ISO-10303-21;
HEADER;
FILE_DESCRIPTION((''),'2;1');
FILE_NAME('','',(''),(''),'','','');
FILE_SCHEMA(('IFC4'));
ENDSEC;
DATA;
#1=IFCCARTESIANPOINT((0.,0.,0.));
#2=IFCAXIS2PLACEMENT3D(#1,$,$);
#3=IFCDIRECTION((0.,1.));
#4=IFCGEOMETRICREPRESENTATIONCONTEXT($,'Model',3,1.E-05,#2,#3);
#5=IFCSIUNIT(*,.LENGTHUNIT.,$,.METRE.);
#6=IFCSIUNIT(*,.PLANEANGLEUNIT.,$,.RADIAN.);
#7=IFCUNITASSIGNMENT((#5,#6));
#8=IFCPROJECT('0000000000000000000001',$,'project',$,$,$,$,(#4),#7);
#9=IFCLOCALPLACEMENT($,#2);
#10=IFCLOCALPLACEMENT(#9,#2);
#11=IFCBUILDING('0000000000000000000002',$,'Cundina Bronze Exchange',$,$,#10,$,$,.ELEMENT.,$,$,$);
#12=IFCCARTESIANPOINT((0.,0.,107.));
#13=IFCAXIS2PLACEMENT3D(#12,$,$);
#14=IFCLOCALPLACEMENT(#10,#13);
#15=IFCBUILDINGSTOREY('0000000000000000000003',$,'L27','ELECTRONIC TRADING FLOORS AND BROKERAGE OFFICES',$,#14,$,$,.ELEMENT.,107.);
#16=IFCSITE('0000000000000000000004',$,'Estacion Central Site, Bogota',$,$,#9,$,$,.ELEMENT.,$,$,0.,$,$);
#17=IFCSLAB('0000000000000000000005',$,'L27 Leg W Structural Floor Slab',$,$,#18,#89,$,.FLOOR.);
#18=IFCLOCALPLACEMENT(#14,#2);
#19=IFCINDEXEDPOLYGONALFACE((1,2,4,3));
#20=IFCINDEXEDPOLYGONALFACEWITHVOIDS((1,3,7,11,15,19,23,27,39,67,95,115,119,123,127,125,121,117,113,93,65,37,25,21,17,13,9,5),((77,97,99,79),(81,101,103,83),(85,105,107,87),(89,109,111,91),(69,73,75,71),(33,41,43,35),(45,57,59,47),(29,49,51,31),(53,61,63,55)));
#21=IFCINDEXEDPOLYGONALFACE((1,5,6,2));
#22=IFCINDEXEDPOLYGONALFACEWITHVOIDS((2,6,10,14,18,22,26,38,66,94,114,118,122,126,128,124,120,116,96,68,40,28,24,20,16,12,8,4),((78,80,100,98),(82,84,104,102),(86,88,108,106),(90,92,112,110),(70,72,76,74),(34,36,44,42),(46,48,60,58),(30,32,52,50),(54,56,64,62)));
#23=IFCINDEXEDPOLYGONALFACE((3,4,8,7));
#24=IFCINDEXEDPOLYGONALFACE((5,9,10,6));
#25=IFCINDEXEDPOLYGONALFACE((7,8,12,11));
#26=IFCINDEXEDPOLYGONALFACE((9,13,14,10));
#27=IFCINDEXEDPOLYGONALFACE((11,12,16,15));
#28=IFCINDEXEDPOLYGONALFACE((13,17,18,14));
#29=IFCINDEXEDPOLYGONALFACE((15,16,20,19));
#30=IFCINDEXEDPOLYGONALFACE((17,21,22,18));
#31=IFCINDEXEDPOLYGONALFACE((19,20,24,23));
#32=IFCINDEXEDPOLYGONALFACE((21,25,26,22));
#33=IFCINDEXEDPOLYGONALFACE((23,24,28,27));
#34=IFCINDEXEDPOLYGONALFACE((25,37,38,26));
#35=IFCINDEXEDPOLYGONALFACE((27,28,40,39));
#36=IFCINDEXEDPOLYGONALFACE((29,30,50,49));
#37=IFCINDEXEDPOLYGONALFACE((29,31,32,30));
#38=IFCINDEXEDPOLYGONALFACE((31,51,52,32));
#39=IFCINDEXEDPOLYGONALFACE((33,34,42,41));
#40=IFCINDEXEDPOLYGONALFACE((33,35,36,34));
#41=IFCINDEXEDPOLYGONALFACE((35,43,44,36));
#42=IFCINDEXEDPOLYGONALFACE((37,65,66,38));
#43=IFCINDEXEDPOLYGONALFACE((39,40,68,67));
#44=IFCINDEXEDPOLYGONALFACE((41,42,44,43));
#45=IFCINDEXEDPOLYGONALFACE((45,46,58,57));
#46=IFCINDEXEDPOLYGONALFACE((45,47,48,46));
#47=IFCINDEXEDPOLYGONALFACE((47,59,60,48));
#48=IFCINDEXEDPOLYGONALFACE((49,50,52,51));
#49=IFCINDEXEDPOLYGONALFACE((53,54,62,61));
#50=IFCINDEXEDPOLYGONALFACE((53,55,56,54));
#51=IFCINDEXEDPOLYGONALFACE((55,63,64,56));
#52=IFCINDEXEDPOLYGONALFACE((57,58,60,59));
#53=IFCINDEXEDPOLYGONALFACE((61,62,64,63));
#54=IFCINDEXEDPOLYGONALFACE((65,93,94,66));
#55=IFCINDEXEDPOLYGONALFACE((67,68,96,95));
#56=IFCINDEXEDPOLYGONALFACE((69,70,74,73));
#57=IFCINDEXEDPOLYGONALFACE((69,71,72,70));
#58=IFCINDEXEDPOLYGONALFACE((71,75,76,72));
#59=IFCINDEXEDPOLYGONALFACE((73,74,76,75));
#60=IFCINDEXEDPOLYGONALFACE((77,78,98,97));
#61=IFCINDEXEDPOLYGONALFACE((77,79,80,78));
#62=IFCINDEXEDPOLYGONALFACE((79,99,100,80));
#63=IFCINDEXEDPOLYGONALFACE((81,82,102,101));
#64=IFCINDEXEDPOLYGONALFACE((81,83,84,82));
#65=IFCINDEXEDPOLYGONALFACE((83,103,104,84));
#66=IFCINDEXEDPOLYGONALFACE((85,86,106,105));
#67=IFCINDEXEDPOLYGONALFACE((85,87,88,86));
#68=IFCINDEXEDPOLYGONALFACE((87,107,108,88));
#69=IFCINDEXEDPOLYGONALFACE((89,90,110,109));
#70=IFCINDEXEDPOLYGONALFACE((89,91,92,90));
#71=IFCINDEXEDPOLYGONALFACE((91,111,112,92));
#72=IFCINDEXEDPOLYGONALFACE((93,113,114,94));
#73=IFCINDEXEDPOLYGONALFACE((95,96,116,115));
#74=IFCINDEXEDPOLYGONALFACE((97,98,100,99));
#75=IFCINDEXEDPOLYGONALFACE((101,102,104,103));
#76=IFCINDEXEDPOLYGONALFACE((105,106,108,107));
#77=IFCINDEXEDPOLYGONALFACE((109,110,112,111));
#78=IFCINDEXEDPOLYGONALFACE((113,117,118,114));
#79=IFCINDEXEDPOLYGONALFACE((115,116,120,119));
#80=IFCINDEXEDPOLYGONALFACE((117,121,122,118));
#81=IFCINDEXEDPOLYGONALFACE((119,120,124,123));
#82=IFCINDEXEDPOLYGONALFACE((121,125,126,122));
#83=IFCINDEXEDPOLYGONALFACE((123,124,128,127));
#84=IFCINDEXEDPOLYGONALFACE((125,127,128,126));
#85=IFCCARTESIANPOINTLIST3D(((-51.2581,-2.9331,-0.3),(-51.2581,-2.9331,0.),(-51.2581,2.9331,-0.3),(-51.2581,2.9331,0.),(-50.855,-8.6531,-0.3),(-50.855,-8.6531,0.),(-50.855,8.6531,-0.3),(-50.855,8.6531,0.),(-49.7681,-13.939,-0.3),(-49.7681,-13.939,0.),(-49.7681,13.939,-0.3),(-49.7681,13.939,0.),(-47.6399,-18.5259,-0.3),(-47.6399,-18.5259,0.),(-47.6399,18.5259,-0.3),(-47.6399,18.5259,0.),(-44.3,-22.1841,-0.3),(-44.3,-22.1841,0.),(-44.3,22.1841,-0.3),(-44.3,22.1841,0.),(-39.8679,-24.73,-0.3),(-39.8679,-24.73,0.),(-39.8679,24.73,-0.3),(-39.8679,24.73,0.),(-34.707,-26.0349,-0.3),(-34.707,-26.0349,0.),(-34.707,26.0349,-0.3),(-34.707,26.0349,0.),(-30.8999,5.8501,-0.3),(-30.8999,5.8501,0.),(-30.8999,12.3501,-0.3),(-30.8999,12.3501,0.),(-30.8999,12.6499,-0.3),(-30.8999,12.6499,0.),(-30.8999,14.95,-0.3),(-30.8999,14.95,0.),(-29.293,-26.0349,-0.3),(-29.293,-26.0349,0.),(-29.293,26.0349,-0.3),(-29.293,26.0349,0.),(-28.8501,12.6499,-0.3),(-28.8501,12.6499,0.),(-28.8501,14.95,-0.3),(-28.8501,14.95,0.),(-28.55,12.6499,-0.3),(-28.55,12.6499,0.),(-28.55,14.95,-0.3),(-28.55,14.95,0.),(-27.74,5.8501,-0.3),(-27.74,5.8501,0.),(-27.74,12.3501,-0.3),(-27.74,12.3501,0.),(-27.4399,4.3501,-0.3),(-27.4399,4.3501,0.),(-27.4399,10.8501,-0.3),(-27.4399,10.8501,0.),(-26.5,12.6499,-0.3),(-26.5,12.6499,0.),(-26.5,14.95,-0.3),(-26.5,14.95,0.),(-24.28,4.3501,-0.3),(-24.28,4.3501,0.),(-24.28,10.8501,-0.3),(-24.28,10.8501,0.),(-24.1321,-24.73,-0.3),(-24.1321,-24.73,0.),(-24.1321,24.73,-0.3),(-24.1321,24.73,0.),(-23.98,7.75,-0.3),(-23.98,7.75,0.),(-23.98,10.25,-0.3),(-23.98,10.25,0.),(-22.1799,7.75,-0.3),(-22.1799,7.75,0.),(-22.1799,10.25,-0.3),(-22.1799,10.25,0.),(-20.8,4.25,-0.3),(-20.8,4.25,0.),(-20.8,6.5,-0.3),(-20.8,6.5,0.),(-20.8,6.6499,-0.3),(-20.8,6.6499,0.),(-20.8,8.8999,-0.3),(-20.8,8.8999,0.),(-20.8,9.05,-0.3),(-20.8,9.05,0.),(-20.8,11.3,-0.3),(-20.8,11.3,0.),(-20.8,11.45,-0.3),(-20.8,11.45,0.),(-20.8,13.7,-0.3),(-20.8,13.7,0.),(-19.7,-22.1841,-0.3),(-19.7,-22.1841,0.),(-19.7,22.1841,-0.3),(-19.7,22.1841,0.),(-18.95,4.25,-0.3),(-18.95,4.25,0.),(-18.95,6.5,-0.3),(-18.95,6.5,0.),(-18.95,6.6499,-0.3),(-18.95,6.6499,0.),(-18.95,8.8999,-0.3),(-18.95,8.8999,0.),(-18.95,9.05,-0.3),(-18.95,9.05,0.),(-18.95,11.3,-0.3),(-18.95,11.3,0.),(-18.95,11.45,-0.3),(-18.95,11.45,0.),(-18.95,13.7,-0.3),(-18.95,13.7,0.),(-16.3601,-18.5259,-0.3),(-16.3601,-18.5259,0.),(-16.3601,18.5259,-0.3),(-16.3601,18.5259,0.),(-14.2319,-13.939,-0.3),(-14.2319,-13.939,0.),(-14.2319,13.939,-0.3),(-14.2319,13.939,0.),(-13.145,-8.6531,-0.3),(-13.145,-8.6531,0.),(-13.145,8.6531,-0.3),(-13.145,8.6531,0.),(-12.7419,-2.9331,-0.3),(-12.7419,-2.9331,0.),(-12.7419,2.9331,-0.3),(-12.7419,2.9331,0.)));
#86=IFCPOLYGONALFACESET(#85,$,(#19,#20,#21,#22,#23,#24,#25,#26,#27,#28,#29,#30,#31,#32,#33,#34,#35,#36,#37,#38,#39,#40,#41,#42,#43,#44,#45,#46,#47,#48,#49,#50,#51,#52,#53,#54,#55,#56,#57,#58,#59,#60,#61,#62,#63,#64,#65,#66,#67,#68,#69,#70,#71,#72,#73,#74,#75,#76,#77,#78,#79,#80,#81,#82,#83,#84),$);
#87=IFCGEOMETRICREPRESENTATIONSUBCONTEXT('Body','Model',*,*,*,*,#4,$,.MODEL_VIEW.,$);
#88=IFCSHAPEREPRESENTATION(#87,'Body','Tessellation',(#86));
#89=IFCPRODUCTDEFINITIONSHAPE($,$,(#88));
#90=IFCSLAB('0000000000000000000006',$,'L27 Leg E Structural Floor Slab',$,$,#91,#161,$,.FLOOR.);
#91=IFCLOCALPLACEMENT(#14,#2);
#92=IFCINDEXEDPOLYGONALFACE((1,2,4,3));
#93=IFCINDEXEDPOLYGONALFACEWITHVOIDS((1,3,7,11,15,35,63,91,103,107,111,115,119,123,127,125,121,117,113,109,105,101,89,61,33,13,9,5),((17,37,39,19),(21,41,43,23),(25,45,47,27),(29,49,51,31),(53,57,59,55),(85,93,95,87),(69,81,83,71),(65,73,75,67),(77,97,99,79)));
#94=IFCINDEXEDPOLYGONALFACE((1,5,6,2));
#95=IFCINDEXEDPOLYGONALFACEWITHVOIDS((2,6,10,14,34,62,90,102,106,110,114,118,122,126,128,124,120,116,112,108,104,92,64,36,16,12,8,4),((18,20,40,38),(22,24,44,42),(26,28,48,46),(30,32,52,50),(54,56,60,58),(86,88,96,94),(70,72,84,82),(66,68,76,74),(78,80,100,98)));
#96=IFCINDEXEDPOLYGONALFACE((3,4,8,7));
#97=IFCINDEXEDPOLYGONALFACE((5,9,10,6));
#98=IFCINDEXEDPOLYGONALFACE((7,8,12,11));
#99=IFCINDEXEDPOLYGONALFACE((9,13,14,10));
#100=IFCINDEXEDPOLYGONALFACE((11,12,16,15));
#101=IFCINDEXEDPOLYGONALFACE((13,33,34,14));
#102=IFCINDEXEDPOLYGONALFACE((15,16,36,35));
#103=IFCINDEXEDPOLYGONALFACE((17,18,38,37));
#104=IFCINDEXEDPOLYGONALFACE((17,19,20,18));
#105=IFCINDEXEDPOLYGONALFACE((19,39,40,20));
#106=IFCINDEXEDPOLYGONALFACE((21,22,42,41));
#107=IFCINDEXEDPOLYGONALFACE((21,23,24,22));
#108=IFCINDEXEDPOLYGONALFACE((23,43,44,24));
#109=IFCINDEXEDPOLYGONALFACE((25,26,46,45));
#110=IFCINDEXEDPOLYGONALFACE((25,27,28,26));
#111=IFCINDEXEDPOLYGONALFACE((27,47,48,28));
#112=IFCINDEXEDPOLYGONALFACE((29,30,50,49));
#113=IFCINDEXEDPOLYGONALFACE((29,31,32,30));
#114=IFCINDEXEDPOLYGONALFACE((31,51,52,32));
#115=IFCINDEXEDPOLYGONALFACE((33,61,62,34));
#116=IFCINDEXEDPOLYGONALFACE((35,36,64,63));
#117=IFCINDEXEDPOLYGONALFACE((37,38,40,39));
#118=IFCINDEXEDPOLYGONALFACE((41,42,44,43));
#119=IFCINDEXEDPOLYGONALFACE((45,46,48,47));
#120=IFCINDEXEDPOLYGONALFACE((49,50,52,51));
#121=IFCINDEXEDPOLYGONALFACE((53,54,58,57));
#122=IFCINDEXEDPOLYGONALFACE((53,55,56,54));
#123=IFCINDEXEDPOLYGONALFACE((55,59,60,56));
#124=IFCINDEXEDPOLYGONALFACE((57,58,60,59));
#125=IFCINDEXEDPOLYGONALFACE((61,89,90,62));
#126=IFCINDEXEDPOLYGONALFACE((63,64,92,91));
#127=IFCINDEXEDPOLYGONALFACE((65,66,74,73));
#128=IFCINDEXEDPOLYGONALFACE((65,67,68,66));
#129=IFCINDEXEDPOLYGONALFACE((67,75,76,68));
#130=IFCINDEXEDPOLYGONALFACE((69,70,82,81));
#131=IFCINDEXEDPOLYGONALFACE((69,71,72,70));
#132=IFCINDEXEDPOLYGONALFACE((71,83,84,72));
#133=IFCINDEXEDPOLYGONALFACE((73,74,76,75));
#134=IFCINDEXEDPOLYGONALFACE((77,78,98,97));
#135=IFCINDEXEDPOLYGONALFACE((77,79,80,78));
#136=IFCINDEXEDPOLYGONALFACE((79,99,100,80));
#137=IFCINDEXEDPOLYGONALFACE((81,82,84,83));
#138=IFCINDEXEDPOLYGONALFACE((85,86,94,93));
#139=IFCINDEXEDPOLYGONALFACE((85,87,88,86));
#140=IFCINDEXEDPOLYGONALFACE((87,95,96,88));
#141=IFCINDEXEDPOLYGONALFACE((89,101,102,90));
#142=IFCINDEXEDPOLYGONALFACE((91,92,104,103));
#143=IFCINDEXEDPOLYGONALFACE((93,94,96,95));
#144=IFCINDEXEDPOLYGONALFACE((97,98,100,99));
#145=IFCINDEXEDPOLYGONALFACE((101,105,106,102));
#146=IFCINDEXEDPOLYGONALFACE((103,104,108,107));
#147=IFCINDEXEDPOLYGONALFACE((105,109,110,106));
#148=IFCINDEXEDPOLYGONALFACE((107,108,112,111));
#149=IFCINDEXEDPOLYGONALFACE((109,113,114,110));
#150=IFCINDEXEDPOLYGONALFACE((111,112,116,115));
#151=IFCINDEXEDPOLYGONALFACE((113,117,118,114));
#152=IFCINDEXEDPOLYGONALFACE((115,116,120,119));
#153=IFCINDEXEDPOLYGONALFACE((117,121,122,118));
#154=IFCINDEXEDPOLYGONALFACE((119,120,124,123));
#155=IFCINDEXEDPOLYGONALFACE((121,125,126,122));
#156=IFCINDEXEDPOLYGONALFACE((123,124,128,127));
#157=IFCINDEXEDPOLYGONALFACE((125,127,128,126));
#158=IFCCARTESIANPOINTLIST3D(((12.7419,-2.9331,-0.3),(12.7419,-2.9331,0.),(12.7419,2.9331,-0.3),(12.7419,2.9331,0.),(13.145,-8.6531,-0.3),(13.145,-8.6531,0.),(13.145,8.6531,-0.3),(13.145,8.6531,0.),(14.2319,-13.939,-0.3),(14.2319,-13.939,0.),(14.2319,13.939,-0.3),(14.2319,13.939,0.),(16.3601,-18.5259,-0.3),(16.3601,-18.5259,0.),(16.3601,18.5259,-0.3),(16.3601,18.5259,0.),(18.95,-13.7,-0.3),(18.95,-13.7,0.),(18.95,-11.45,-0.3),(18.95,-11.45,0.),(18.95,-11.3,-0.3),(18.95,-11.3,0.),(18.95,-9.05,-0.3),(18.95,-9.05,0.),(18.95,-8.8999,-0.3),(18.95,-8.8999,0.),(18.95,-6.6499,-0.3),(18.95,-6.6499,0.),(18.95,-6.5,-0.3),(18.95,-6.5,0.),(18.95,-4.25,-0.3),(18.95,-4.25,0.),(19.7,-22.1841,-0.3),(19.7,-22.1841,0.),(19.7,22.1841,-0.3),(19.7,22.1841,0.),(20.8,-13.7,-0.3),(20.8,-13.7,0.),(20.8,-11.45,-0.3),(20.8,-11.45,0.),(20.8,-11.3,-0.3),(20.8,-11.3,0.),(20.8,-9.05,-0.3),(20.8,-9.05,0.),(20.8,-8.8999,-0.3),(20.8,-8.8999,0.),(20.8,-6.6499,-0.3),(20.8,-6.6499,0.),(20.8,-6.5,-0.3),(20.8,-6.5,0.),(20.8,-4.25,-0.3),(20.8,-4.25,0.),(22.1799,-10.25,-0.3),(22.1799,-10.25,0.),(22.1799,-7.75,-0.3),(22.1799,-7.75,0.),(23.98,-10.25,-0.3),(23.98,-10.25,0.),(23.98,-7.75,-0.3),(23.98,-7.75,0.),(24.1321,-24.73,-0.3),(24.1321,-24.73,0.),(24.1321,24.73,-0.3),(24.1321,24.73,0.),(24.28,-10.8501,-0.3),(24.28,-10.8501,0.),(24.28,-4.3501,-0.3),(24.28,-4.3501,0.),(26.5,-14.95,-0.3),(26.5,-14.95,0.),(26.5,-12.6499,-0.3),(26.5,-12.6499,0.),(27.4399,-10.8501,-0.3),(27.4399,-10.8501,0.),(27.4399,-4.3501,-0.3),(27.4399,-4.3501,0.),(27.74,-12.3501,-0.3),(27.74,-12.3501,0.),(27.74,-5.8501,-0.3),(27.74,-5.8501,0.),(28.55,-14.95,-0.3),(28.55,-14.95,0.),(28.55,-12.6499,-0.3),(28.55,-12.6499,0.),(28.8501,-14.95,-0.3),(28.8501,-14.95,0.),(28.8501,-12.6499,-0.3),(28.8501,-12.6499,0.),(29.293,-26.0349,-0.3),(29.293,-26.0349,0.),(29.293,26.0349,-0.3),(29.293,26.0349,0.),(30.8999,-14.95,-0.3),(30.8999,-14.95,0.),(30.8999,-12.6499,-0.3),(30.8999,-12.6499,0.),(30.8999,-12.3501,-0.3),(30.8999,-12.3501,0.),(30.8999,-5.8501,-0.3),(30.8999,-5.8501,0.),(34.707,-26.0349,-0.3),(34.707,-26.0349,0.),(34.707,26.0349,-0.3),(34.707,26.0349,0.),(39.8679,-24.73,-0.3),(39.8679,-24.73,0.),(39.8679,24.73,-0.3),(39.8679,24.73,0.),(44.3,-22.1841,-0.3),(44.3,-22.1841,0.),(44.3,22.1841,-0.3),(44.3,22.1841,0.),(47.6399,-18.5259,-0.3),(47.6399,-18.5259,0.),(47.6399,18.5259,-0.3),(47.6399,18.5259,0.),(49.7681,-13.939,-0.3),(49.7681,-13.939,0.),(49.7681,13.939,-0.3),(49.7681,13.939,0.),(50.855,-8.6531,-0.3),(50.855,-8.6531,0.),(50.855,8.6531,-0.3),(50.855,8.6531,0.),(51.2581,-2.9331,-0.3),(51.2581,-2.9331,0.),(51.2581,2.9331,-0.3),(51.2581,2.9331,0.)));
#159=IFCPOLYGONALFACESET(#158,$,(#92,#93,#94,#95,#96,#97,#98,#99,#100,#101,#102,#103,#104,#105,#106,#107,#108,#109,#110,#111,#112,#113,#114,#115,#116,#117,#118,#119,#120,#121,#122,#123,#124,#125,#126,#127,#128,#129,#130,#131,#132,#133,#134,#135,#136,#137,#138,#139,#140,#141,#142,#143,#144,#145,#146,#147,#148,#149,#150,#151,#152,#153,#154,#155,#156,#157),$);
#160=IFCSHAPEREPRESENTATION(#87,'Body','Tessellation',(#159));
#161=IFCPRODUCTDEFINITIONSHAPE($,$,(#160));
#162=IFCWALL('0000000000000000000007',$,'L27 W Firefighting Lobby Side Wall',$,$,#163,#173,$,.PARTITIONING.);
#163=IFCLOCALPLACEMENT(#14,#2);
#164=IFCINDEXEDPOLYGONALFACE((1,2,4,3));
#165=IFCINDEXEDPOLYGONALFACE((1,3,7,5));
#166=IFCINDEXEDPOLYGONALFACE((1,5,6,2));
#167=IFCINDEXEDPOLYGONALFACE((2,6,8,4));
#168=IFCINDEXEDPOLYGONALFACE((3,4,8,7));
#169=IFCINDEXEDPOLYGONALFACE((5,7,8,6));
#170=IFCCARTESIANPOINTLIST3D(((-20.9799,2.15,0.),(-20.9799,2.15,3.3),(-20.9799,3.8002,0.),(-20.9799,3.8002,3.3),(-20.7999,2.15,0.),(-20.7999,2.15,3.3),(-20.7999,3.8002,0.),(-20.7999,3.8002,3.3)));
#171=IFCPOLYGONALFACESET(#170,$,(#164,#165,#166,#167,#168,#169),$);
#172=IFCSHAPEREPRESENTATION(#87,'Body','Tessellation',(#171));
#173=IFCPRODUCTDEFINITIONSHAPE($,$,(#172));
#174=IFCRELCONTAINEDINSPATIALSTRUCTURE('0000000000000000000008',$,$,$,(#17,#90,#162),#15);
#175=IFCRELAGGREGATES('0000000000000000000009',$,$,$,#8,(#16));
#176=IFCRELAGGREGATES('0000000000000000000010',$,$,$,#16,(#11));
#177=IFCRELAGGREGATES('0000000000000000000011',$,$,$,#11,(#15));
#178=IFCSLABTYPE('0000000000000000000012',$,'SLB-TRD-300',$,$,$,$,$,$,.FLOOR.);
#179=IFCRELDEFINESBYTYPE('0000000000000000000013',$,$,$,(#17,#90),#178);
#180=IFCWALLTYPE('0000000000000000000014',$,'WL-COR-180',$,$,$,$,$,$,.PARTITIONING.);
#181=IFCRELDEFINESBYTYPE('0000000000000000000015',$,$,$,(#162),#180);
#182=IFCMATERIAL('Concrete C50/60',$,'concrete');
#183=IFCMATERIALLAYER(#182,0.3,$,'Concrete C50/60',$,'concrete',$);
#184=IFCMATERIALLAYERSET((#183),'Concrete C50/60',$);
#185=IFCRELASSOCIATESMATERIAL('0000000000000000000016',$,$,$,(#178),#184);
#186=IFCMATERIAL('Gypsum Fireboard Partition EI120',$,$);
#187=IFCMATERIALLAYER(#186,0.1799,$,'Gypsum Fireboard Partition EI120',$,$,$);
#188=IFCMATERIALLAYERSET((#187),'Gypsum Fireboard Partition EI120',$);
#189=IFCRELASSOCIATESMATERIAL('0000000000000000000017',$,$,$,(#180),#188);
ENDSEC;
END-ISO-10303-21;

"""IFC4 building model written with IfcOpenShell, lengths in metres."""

from ifc_helpers import new_model, si_unit, direction, frame, frame_2d, origin, place, context, subcontext, project, spatial, polyline, rectangle, outline, extrude, material, layer, layer_set, type_object, element, save


model = new_model("IFC4")

# Units and contexts
model_context = context("Model", 3, precision=1e-05, world=origin(), true_north=direction((0.0, 1.0)))
body_context = subcontext(model_context, "Body", "Model", "MODEL_VIEW")
ifc_project = project(units=[si_unit("LENGTHUNIT", "METRE"), si_unit("PLANEANGLEUNIT", "RADIAN")], contexts=[model_context])

# Site, building, storey
site_placement = place(None, origin())
site = spatial("IfcSite", under=ifc_project, at=site_placement, Name="Estacion Central Site, Bogota", CompositionType="ELEMENT", RefElevation=0.0)
building_placement = place(site_placement, origin())
building = spatial("IfcBuilding", under=site, at=building_placement, Name="Cundina Bronze Exchange", CompositionType="ELEMENT")
storey_placement = place(building_placement, frame((0.0, 0.0, 107.0)))
storey = spatial("IfcBuildingStorey", under=building, at=storey_placement, Name="L27", Description="ELECTRONIC TRADING FLOORS AND BROKERAGE OFFICES", CompositionType="ELEMENT", Elevation=107.0)

# Slabs
ifc_material_1 = material(Name="Concrete C50/60", Category="concrete")
ifc_layer_1 = layer(ifc_material_1, 0.3, Name="Concrete C50/60", Category="concrete")
ifc_layer_set_1 = layer_set([ifc_layer_1], Name="Concrete C50/60")
slab_type = type_object("IfcSlabType", Name="SLB-TRD-300", PredefinedType="FLOOR", material=ifc_layer_set_1)
slab_1_placement = place(storey_placement, frame((0.0, 0.0, -0.3)))
element("IfcSlab", 1, at=slab_1_placement, inside=storey, type_object=slab_type, Name="L27 Leg W Structural Floor Slab", PredefinedType="FLOOR", context=body_context, shape_type="SweptSolid", body=[
    extrude(outline(polyline([(-12.7419, 2.9331), (-13.145, 8.6531), (-14.2319, 13.939), (-16.3601, 18.5259), (-19.7, 22.1841), (-24.1321, 24.73), (-29.293, 26.0349), (-34.707, 26.0349), (-39.8679, 24.73), (-44.3, 22.1841), (-47.6399, 18.5259), (-49.7681, 13.939), (-50.855, 8.6531), (-51.2581, 2.9331), (-51.2581, -2.9331), (-50.855, -8.6531), (-49.7681, -13.939), (-47.6399, -18.5259), (-44.3, -22.1841), (-39.8679, -24.73), (-34.707, -26.0349), (-29.293, -26.0349), (-24.1321, -24.73), (-19.7, -22.1841), (-16.3601, -18.5259), (-14.2319, -13.939), (-13.145, -8.6531), (-12.7419, -2.9331), (-12.7419, 2.9331)]), holes=[polyline([(-27.74, 5.8501), (-27.74, 12.3501), (-30.8999, 12.3501), (-30.8999, 5.8501), (-27.74, 5.8501)]), polyline([(-27.4399, 10.8501), (-27.4399, 4.3501), (-24.28, 4.3501), (-24.28, 10.8501), (-27.4399, 10.8501)]), polyline([(-23.98, 10.25), (-22.1799, 10.25), (-22.1799, 7.75), (-23.98, 7.75), (-23.98, 10.25)]), polyline([(-30.8999, 14.95), (-28.8501, 14.95), (-28.8501, 12.6499), (-30.8999, 12.6499), (-30.8999, 14.95)]), polyline([(-28.55, 14.95), (-26.5, 14.95), (-26.5, 12.6499), (-28.55, 12.6499), (-28.55, 14.95)]), polyline([(-20.8, 13.7), (-18.95, 13.7), (-18.95, 11.45), (-20.8, 11.45), (-20.8, 13.7)]), polyline([(-20.8, 11.3), (-18.95, 11.3), (-18.95, 9.05), (-20.8, 9.05), (-20.8, 11.3)]), polyline([(-20.8, 8.8999), (-18.95, 8.8999), (-18.95, 6.6499), (-20.8, 6.6499), (-20.8, 8.8999)]), polyline([(-20.8, 6.5), (-18.95, 6.5), (-18.95, 4.25), (-20.8, 4.25), (-20.8, 6.5)])]), origin(), (0.0, 0.0, 1.0), 0.3),
])
slab_2_placement = place(storey_placement, frame((0.0, 0.0, -0.3)))
element("IfcSlab", 2, at=slab_2_placement, inside=storey, type_object=slab_type, Name="L27 Leg E Structural Floor Slab", PredefinedType="FLOOR", context=body_context, shape_type="SweptSolid", body=[
    extrude(outline(polyline([(51.2581, 2.9331), (50.855, 8.6531), (49.7681, 13.939), (47.6399, 18.5259), (44.3, 22.1841), (39.8679, 24.73), (34.707, 26.0349), (29.293, 26.0349), (24.1321, 24.73), (19.7, 22.1841), (16.3601, 18.5259), (14.2319, 13.939), (13.145, 8.6531), (12.7419, 2.9331), (12.7419, -2.9331), (13.145, -8.6531), (14.2319, -13.939), (16.3601, -18.5259), (19.7, -22.1841), (24.1321, -24.73), (29.293, -26.0349), (34.707, -26.0349), (39.8679, -24.73), (44.3, -22.1841), (47.6399, -18.5259), (49.7681, -13.939), (50.855, -8.6531), (51.2581, -2.9331), (51.2581, 2.9331)]), holes=[polyline([(27.74, -5.8501), (27.74, -12.3501), (30.8999, -12.3501), (30.8999, -5.8501), (27.74, -5.8501)]), polyline([(27.4399, -10.8501), (27.4399, -4.3501), (24.28, -4.3501), (24.28, -10.8501), (27.4399, -10.8501)]), polyline([(22.1799, -7.75), (23.98, -7.75), (23.98, -10.25), (22.1799, -10.25), (22.1799, -7.75)]), polyline([(28.8501, -12.6499), (30.8999, -12.6499), (30.8999, -14.95), (28.8501, -14.95), (28.8501, -12.6499)]), polyline([(26.5, -12.6499), (28.55, -12.6499), (28.55, -14.95), (26.5, -14.95), (26.5, -12.6499)]), polyline([(18.95, -11.45), (20.8, -11.45), (20.8, -13.7), (18.95, -13.7), (18.95, -11.45)]), polyline([(18.95, -9.05), (20.8, -9.05), (20.8, -11.3), (18.95, -11.3), (18.95, -9.05)]), polyline([(18.95, -6.6499), (20.8, -6.6499), (20.8, -8.8999), (18.95, -8.8999), (18.95, -6.6499)]), polyline([(18.95, -4.25), (20.8, -4.25), (20.8, -6.5), (18.95, -6.5), (18.95, -4.25)])]), origin(), (0.0, 0.0, 1.0), 0.3),
])

# Wall
ifc_material_2 = material(Name="Gypsum Fireboard Partition EI120")
ifc_layer_2 = layer(ifc_material_2, 0.1799, Name="Gypsum Fireboard Partition EI120")
ifc_layer_set_2 = layer_set([ifc_layer_2], Name="Gypsum Fireboard Partition EI120")
wall_type_1 = type_object("IfcWallType", Name="WL-COR-180", PredefinedType="PARTITIONING", material=ifc_layer_set_2)
wall_1_placement = place(storey_placement, frame((-20.8899, 2.1499, 0.0), z_axis=(0.0, 0.0, 1.0), x_axis=(0.0, 1.0, 0.0)))
element("IfcWall", 3, at=wall_1_placement, inside=storey, type_object=wall_type_1, Name="L27 W Firefighting Lobby Side Wall", PredefinedType="PARTITIONING", context=body_context, shape_type="SweptSolid", body=[
    extrude(rectangle(XDim=1.6501, YDim=0.1799, at=frame_2d((0.8252, 0.0))), origin(), (0.0, 0.0, 1.0), 3.3),
])

save(model, "model.ifc")
